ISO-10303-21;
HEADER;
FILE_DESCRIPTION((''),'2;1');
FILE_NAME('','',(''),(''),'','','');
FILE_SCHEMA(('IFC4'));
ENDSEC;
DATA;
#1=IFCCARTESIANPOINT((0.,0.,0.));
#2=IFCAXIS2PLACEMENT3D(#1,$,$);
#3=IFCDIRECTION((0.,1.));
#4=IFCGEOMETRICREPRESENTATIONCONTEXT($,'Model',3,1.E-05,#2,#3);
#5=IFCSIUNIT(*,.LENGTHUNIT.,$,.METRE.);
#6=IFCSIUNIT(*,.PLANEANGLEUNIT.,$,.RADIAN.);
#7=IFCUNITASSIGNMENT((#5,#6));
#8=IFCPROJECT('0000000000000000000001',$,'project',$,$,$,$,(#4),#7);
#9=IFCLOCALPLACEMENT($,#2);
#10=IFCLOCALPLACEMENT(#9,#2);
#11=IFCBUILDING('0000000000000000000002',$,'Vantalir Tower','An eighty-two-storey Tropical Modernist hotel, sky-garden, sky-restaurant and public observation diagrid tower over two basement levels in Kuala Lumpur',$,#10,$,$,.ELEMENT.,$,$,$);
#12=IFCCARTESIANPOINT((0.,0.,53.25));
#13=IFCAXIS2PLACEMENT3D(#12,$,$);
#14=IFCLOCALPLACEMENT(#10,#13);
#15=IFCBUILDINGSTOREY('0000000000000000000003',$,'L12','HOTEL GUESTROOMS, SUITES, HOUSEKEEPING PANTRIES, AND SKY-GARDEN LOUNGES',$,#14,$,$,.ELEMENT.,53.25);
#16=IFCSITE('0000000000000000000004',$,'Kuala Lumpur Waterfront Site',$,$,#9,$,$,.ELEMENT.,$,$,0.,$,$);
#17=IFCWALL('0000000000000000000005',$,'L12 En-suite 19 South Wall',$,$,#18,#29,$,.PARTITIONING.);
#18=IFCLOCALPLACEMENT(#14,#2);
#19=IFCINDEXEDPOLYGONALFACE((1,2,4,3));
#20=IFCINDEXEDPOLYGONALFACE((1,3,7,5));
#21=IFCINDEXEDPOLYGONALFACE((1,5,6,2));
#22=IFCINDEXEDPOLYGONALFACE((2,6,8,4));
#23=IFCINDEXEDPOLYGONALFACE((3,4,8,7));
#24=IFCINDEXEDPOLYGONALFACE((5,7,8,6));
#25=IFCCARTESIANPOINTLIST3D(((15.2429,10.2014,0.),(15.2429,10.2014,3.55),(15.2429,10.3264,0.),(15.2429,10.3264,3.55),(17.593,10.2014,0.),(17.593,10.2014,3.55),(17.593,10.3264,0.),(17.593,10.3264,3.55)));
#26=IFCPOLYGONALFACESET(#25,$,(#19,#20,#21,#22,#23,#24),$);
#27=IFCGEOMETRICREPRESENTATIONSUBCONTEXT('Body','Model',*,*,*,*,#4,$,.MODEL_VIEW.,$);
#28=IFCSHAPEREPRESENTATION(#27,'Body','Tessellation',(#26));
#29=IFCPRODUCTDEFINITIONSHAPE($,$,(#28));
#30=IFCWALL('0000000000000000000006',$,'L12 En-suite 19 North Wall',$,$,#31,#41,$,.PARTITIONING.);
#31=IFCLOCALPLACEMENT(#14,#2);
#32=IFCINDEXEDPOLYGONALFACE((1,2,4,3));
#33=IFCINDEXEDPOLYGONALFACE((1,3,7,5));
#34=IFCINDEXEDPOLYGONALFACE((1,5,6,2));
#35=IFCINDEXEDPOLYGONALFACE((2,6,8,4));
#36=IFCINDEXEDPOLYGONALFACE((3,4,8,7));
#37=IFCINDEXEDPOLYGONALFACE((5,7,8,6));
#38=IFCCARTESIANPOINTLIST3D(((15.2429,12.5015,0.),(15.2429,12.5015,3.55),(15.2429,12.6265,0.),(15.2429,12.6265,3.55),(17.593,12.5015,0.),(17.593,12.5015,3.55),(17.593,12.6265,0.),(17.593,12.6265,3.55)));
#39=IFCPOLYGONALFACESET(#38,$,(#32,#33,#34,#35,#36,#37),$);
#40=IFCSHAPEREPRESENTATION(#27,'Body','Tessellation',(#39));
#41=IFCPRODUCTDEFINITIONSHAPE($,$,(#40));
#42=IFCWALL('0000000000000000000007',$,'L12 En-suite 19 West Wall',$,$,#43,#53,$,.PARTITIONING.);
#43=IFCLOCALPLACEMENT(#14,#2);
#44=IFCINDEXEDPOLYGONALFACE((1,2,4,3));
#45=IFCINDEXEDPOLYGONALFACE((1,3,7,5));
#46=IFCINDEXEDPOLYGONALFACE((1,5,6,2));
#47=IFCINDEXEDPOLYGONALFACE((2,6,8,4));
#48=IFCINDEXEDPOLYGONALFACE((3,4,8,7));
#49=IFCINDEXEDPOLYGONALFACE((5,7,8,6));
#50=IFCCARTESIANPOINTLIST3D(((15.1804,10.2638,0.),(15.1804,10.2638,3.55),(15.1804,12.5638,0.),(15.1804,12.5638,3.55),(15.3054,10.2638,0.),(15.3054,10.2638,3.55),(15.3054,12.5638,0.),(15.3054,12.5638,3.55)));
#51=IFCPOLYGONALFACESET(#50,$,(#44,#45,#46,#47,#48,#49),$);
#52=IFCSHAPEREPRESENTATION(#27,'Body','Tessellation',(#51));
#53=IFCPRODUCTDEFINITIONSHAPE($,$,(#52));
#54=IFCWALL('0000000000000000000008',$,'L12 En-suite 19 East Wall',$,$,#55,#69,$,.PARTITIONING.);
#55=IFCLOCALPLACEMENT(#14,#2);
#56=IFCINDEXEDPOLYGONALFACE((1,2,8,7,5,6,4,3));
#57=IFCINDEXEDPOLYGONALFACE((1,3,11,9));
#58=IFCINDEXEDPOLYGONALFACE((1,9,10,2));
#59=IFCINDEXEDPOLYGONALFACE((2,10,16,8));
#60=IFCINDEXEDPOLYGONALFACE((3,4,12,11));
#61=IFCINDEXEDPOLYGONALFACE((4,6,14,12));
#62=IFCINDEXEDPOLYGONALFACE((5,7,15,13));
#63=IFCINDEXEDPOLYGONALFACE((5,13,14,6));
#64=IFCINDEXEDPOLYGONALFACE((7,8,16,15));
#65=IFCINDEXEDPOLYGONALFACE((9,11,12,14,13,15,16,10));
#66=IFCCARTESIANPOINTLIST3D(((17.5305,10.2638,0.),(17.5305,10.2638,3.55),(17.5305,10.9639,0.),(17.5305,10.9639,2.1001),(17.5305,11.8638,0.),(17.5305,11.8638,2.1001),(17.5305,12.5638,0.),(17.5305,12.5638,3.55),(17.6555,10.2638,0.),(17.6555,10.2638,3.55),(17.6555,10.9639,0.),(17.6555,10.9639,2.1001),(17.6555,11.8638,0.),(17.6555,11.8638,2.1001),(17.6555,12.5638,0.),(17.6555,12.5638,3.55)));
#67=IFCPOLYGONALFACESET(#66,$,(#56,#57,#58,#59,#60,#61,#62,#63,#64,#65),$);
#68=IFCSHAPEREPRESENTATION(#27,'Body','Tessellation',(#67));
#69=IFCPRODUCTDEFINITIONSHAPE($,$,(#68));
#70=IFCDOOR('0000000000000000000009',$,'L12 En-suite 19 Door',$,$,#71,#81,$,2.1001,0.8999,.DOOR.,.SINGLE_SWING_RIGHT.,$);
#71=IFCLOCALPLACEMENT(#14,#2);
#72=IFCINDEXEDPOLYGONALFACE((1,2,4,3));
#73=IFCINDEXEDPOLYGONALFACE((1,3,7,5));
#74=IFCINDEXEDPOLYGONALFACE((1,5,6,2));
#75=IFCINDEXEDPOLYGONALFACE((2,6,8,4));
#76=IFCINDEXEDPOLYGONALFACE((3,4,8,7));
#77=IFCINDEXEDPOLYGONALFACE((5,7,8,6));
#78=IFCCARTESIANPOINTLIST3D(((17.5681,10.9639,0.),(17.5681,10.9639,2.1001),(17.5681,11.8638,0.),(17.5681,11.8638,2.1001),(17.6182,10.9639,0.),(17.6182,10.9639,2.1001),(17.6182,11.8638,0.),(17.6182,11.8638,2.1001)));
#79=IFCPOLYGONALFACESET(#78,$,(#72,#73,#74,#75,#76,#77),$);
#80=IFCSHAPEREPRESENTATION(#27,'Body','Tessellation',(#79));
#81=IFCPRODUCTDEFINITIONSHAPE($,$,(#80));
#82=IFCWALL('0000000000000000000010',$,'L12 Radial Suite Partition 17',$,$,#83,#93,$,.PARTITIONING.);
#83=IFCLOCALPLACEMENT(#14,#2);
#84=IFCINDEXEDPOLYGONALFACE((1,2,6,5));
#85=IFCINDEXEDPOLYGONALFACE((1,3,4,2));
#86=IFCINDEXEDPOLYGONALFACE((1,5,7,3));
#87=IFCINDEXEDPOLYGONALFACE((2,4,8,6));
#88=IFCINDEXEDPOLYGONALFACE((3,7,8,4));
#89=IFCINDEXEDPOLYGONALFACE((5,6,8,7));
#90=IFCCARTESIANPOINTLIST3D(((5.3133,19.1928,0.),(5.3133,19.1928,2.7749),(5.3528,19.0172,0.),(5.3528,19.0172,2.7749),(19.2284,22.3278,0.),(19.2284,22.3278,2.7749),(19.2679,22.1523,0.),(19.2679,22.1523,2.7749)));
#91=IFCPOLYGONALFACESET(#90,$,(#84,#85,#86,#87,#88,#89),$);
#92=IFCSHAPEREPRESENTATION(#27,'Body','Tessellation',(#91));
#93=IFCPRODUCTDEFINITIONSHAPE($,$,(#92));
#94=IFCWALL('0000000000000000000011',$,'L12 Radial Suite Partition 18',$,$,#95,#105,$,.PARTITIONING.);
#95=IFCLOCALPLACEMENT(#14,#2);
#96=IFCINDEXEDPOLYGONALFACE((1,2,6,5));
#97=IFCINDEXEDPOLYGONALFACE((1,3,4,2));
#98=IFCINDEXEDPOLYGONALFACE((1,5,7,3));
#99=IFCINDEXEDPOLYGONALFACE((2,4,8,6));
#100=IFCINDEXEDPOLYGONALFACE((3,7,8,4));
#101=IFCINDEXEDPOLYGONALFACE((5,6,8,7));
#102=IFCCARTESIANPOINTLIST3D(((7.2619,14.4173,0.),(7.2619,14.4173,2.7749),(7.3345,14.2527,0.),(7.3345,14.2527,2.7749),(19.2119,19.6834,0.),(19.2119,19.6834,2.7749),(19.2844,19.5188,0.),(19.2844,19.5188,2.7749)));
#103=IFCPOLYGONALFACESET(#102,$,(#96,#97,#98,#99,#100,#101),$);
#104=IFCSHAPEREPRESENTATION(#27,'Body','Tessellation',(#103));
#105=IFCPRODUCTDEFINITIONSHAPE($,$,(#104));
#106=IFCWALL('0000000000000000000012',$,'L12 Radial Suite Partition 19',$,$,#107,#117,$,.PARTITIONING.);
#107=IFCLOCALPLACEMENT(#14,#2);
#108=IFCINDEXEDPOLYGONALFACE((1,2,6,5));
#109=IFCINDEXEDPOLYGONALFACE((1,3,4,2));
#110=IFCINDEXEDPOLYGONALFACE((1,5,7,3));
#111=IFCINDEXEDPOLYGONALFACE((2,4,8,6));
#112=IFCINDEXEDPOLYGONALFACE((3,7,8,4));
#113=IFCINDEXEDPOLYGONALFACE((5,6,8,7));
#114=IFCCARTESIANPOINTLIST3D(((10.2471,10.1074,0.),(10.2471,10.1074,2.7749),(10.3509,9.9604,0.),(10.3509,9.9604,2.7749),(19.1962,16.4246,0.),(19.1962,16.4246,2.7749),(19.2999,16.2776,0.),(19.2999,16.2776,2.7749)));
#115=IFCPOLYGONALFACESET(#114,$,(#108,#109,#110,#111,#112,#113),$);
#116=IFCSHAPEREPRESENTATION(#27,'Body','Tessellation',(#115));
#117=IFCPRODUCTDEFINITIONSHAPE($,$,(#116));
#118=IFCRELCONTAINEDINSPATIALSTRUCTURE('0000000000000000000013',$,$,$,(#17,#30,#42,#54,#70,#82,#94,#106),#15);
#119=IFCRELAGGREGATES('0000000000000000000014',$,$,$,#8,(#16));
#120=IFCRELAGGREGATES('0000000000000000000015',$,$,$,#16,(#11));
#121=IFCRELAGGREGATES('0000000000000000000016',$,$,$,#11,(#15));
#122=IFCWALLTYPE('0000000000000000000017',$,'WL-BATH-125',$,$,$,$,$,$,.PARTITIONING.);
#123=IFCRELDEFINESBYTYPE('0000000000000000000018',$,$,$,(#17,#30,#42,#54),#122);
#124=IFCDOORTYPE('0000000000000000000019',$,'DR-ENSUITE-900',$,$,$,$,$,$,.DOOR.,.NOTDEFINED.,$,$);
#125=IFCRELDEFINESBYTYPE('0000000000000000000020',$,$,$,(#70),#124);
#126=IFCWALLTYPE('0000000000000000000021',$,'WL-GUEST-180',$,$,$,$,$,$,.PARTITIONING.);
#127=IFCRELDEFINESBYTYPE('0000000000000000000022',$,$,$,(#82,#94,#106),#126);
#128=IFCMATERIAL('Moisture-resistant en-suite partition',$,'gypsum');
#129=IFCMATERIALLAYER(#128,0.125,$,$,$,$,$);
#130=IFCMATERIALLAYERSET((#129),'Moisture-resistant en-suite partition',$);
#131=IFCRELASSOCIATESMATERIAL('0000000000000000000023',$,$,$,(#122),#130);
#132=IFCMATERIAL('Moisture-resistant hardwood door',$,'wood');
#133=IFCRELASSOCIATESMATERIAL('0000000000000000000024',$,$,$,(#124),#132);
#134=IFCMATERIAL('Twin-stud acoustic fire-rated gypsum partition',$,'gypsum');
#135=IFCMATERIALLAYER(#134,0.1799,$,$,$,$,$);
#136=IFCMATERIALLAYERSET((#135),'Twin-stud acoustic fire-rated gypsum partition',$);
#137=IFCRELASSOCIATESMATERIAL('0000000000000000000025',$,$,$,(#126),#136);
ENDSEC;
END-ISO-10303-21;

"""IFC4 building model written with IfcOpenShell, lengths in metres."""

from ifc_helpers import new_model, si_unit, direction, frame, frame_2d, origin, place, context, subcontext, project, spatial, rectangle, extrude, material, layer, layer_set, type_object, element, fill, save


model = new_model("IFC4")

# Units and contexts
model_context = context("Model", 3, precision=1e-05, world=origin(), true_north=direction((0.0, 1.0)))
body_context = subcontext(model_context, "Body", "Model", "MODEL_VIEW")
ifc_project = project(units=[si_unit("LENGTHUNIT", "METRE"), si_unit("PLANEANGLEUNIT", "RADIAN")], contexts=[model_context])

# Site, building, storey
site_placement = place(None, origin())
site = spatial("IfcSite", under=ifc_project, at=site_placement, Name="Kuala Lumpur Waterfront Site", CompositionType="ELEMENT", RefElevation=0.0)
building_placement = place(site_placement, origin())
building = spatial("IfcBuilding", under=site, at=building_placement, Name="Vantalir Tower", Description="An eighty-two-storey Tropical Modernist hotel, sky-garden, sky-restaurant and public observation diagrid tower over two basement levels in Kuala Lumpur", CompositionType="ELEMENT")
storey_placement = place(building_placement, frame((0.0, 0.0, 53.25)))
storey = spatial("IfcBuildingStorey", under=building, at=storey_placement, Name="L12", Description="HOTEL GUESTROOMS, SUITES, HOUSEKEEPING PANTRIES, AND SKY-GARDEN LOUNGES", CompositionType="ELEMENT", Elevation=53.25)

# Shared definitions
ifc_material_1 = material(Name="Moisture-resistant en-suite partition", Category="gypsum")
ifc_layer_1 = layer(ifc_material_1, 0.125)
ifc_layer_set_1 = layer_set([ifc_layer_1], Name="Moisture-resistant en-suite partition")
wall_type_1 = type_object("IfcWallType", Name="WL-BATH-125", PredefinedType="PARTITIONING", material=ifc_layer_set_1)

# Shared definitions
ifc_material_2 = material(Name="Moisture-resistant hardwood door", Category="wood")
door_type = type_object("IfcDoorType", Name="DR-ENSUITE-900", OperationType="NOTDEFINED", PredefinedType="DOOR", material=ifc_material_2)

# Walls
for number, where, z_axis, x_axis, name in (
    (1, (15.2429, 10.2639, 0.0), (0.0, 0.0, 1.0), (1.0, 0.0, 0.0), "L12 En-suite 19 South Wall"),
    (2, (15.2429, 12.564, 0.0), (0.0, 0.0, 1.0), (1.0, 0.0, 0.0), "L12 En-suite 19 North Wall"),
):
    element("IfcWall", number, at=place(storey_placement, frame(where, z_axis=z_axis, x_axis=x_axis)), inside=storey, type_object=wall_type_1, Name=name, PredefinedType="PARTITIONING", context=body_context, shape_type="SweptSolid", body=[
        extrude(rectangle(XDim=2.3501, YDim=0.125, at=frame_2d((1.175, 0.0))), origin(), (0.0, 0.0, 1.0), 3.55),
    ])
wall_1_placement = place(storey_placement, frame((15.2429, 10.2639, 0.0), z_axis=(0.0, 0.0, 1.0), x_axis=(0.0, 1.0, 0.0)))
element("IfcWall", 3, at=wall_1_placement, inside=storey, type_object=wall_type_1, Name="L12 En-suite 19 West Wall", PredefinedType="PARTITIONING", context=body_context, shape_type="SweptSolid", body=[
    extrude(rectangle(XDim=2.3, YDim=0.125, at=frame_2d((1.1499, 0.0))), origin(), (0.0, 0.0, 1.0), 3.55),
])

# Wall, opening, door
wall_2_placement = place(storey_placement, frame((17.593, 10.2639, 0.0), z_axis=(0.0, 0.0, 1.0), x_axis=(0.0, 1.0, 0.0)))
wall_2 = element("IfcWall", 4, at=wall_2_placement, inside=storey, type_object=wall_type_1, Name="L12 En-suite 19 East Wall", PredefinedType="PARTITIONING", context=body_context, shape_type="SweptSolid", body=[
    extrude(rectangle(XDim=2.3, YDim=0.125, at=frame_2d((1.1499, 0.0))), origin(), (0.0, 0.0, 1.0), 3.55),
])
opening_1_placement = place(wall_2_placement, frame((0.7, 0.0, 0.0)))
opening_1 = element("IfcOpeningElement", 5, at=opening_1_placement, cuts=wall_2, PredefinedType="OPENING", context=body_context, shape_type="SweptSolid", body=[
    extrude(rectangle(XDim=0.8999, YDim=2.1001, at=frame_2d((0.45, 1.05))), frame((0.0, 0.0725, 0.0), z_axis=(0.0, -1.0, 0.0), x_axis=(1.0, 0.0, 0.0)), (0.0, 0.0, 1.0), 0.145),
])
door_1_placement = place(opening_1_placement, origin())
door_1 = element("IfcDoor", 6, at=door_1_placement, inside=storey, type_object=door_type, Name="L12 En-suite 19 Door", OperationType="SINGLE_SWING_RIGHT", OverallHeight=2.1001, OverallWidth=0.8999, PredefinedType="DOOR", context=body_context, shape_type="SweptSolid", body=[
    extrude(rectangle(XDim=0.8999, YDim=2.1001, at=frame_2d((0.45, 1.05))), frame((0.0, 0.0249, 0.0), z_axis=(0.0, -1.0, 0.0), x_axis=(1.0, 0.0, 0.0)), (0.0, 0.0, 1.0), 0.05),
])
fill(opening_1, door_1)

# Walls
ifc_material_3 = material(Name="Twin-stud acoustic fire-rated gypsum partition", Category="gypsum")
ifc_layer_2 = layer(ifc_material_3, 0.1799)
ifc_layer_set_2 = layer_set([ifc_layer_2], Name="Twin-stud acoustic fire-rated gypsum partition")
wall_type_2 = type_object("IfcWallType", Name="WL-GUEST-180", PredefinedType="PARTITIONING", material=ifc_layer_set_2)
wall_3_placement = place(storey_placement, frame((19.248, 22.24, 0.0), z_axis=(0.0, 0.0, 1.0), x_axis=(-0.975548, -0.219788, 0.0)))
element("IfcWall", 7, at=wall_3_placement, inside=storey, type_object=wall_type_2, Name="L12 Radial Suite Partition 17", PredefinedType="PARTITIONING", context=body_context, shape_type="SweptSolid", body=[
    extrude(rectangle(XDim=14.2639, YDim=0.1799, at=frame_2d((7.1318, 0.0))), origin(), (0.0, 0.0, 1.0), 2.7749),
])
wall_4_placement = place(storey_placement, frame((19.248, 19.6011, 0.0), z_axis=(0.0, 0.0, 1.0), x_axis=(-0.915085, -0.40326, 0.0)))
element("IfcWall", 8, at=wall_4_placement, inside=storey, type_object=wall_type_2, Name="L12 Radial Suite Partition 18", PredefinedType="PARTITIONING", context=body_context, shape_type="SweptSolid", body=[
    extrude(rectangle(XDim=13.0588, YDim=0.1799, at=frame_2d((6.5293, 0.0))), origin(), (0.0, 0.0, 1.0), 2.7749),
])
wall_5_placement = place(storey_placement, frame((19.248, 16.3511, 0.0), z_axis=(0.0, 0.0, 1.0), x_axis=(-0.816959, -0.576696, 0.0)))
element("IfcWall", 9, at=wall_5_placement, inside=storey, type_object=wall_type_2, Name="L12 Radial Suite Partition 19", PredefinedType="PARTITIONING", context=body_context, shape_type="SweptSolid", body=[
    extrude(rectangle(XDim=10.9541, YDim=0.1799, at=frame_2d((5.4771, 0.0))), origin(), (0.0, 0.0, 1.0), 2.7749),
])

save(model, "model.ifc")
